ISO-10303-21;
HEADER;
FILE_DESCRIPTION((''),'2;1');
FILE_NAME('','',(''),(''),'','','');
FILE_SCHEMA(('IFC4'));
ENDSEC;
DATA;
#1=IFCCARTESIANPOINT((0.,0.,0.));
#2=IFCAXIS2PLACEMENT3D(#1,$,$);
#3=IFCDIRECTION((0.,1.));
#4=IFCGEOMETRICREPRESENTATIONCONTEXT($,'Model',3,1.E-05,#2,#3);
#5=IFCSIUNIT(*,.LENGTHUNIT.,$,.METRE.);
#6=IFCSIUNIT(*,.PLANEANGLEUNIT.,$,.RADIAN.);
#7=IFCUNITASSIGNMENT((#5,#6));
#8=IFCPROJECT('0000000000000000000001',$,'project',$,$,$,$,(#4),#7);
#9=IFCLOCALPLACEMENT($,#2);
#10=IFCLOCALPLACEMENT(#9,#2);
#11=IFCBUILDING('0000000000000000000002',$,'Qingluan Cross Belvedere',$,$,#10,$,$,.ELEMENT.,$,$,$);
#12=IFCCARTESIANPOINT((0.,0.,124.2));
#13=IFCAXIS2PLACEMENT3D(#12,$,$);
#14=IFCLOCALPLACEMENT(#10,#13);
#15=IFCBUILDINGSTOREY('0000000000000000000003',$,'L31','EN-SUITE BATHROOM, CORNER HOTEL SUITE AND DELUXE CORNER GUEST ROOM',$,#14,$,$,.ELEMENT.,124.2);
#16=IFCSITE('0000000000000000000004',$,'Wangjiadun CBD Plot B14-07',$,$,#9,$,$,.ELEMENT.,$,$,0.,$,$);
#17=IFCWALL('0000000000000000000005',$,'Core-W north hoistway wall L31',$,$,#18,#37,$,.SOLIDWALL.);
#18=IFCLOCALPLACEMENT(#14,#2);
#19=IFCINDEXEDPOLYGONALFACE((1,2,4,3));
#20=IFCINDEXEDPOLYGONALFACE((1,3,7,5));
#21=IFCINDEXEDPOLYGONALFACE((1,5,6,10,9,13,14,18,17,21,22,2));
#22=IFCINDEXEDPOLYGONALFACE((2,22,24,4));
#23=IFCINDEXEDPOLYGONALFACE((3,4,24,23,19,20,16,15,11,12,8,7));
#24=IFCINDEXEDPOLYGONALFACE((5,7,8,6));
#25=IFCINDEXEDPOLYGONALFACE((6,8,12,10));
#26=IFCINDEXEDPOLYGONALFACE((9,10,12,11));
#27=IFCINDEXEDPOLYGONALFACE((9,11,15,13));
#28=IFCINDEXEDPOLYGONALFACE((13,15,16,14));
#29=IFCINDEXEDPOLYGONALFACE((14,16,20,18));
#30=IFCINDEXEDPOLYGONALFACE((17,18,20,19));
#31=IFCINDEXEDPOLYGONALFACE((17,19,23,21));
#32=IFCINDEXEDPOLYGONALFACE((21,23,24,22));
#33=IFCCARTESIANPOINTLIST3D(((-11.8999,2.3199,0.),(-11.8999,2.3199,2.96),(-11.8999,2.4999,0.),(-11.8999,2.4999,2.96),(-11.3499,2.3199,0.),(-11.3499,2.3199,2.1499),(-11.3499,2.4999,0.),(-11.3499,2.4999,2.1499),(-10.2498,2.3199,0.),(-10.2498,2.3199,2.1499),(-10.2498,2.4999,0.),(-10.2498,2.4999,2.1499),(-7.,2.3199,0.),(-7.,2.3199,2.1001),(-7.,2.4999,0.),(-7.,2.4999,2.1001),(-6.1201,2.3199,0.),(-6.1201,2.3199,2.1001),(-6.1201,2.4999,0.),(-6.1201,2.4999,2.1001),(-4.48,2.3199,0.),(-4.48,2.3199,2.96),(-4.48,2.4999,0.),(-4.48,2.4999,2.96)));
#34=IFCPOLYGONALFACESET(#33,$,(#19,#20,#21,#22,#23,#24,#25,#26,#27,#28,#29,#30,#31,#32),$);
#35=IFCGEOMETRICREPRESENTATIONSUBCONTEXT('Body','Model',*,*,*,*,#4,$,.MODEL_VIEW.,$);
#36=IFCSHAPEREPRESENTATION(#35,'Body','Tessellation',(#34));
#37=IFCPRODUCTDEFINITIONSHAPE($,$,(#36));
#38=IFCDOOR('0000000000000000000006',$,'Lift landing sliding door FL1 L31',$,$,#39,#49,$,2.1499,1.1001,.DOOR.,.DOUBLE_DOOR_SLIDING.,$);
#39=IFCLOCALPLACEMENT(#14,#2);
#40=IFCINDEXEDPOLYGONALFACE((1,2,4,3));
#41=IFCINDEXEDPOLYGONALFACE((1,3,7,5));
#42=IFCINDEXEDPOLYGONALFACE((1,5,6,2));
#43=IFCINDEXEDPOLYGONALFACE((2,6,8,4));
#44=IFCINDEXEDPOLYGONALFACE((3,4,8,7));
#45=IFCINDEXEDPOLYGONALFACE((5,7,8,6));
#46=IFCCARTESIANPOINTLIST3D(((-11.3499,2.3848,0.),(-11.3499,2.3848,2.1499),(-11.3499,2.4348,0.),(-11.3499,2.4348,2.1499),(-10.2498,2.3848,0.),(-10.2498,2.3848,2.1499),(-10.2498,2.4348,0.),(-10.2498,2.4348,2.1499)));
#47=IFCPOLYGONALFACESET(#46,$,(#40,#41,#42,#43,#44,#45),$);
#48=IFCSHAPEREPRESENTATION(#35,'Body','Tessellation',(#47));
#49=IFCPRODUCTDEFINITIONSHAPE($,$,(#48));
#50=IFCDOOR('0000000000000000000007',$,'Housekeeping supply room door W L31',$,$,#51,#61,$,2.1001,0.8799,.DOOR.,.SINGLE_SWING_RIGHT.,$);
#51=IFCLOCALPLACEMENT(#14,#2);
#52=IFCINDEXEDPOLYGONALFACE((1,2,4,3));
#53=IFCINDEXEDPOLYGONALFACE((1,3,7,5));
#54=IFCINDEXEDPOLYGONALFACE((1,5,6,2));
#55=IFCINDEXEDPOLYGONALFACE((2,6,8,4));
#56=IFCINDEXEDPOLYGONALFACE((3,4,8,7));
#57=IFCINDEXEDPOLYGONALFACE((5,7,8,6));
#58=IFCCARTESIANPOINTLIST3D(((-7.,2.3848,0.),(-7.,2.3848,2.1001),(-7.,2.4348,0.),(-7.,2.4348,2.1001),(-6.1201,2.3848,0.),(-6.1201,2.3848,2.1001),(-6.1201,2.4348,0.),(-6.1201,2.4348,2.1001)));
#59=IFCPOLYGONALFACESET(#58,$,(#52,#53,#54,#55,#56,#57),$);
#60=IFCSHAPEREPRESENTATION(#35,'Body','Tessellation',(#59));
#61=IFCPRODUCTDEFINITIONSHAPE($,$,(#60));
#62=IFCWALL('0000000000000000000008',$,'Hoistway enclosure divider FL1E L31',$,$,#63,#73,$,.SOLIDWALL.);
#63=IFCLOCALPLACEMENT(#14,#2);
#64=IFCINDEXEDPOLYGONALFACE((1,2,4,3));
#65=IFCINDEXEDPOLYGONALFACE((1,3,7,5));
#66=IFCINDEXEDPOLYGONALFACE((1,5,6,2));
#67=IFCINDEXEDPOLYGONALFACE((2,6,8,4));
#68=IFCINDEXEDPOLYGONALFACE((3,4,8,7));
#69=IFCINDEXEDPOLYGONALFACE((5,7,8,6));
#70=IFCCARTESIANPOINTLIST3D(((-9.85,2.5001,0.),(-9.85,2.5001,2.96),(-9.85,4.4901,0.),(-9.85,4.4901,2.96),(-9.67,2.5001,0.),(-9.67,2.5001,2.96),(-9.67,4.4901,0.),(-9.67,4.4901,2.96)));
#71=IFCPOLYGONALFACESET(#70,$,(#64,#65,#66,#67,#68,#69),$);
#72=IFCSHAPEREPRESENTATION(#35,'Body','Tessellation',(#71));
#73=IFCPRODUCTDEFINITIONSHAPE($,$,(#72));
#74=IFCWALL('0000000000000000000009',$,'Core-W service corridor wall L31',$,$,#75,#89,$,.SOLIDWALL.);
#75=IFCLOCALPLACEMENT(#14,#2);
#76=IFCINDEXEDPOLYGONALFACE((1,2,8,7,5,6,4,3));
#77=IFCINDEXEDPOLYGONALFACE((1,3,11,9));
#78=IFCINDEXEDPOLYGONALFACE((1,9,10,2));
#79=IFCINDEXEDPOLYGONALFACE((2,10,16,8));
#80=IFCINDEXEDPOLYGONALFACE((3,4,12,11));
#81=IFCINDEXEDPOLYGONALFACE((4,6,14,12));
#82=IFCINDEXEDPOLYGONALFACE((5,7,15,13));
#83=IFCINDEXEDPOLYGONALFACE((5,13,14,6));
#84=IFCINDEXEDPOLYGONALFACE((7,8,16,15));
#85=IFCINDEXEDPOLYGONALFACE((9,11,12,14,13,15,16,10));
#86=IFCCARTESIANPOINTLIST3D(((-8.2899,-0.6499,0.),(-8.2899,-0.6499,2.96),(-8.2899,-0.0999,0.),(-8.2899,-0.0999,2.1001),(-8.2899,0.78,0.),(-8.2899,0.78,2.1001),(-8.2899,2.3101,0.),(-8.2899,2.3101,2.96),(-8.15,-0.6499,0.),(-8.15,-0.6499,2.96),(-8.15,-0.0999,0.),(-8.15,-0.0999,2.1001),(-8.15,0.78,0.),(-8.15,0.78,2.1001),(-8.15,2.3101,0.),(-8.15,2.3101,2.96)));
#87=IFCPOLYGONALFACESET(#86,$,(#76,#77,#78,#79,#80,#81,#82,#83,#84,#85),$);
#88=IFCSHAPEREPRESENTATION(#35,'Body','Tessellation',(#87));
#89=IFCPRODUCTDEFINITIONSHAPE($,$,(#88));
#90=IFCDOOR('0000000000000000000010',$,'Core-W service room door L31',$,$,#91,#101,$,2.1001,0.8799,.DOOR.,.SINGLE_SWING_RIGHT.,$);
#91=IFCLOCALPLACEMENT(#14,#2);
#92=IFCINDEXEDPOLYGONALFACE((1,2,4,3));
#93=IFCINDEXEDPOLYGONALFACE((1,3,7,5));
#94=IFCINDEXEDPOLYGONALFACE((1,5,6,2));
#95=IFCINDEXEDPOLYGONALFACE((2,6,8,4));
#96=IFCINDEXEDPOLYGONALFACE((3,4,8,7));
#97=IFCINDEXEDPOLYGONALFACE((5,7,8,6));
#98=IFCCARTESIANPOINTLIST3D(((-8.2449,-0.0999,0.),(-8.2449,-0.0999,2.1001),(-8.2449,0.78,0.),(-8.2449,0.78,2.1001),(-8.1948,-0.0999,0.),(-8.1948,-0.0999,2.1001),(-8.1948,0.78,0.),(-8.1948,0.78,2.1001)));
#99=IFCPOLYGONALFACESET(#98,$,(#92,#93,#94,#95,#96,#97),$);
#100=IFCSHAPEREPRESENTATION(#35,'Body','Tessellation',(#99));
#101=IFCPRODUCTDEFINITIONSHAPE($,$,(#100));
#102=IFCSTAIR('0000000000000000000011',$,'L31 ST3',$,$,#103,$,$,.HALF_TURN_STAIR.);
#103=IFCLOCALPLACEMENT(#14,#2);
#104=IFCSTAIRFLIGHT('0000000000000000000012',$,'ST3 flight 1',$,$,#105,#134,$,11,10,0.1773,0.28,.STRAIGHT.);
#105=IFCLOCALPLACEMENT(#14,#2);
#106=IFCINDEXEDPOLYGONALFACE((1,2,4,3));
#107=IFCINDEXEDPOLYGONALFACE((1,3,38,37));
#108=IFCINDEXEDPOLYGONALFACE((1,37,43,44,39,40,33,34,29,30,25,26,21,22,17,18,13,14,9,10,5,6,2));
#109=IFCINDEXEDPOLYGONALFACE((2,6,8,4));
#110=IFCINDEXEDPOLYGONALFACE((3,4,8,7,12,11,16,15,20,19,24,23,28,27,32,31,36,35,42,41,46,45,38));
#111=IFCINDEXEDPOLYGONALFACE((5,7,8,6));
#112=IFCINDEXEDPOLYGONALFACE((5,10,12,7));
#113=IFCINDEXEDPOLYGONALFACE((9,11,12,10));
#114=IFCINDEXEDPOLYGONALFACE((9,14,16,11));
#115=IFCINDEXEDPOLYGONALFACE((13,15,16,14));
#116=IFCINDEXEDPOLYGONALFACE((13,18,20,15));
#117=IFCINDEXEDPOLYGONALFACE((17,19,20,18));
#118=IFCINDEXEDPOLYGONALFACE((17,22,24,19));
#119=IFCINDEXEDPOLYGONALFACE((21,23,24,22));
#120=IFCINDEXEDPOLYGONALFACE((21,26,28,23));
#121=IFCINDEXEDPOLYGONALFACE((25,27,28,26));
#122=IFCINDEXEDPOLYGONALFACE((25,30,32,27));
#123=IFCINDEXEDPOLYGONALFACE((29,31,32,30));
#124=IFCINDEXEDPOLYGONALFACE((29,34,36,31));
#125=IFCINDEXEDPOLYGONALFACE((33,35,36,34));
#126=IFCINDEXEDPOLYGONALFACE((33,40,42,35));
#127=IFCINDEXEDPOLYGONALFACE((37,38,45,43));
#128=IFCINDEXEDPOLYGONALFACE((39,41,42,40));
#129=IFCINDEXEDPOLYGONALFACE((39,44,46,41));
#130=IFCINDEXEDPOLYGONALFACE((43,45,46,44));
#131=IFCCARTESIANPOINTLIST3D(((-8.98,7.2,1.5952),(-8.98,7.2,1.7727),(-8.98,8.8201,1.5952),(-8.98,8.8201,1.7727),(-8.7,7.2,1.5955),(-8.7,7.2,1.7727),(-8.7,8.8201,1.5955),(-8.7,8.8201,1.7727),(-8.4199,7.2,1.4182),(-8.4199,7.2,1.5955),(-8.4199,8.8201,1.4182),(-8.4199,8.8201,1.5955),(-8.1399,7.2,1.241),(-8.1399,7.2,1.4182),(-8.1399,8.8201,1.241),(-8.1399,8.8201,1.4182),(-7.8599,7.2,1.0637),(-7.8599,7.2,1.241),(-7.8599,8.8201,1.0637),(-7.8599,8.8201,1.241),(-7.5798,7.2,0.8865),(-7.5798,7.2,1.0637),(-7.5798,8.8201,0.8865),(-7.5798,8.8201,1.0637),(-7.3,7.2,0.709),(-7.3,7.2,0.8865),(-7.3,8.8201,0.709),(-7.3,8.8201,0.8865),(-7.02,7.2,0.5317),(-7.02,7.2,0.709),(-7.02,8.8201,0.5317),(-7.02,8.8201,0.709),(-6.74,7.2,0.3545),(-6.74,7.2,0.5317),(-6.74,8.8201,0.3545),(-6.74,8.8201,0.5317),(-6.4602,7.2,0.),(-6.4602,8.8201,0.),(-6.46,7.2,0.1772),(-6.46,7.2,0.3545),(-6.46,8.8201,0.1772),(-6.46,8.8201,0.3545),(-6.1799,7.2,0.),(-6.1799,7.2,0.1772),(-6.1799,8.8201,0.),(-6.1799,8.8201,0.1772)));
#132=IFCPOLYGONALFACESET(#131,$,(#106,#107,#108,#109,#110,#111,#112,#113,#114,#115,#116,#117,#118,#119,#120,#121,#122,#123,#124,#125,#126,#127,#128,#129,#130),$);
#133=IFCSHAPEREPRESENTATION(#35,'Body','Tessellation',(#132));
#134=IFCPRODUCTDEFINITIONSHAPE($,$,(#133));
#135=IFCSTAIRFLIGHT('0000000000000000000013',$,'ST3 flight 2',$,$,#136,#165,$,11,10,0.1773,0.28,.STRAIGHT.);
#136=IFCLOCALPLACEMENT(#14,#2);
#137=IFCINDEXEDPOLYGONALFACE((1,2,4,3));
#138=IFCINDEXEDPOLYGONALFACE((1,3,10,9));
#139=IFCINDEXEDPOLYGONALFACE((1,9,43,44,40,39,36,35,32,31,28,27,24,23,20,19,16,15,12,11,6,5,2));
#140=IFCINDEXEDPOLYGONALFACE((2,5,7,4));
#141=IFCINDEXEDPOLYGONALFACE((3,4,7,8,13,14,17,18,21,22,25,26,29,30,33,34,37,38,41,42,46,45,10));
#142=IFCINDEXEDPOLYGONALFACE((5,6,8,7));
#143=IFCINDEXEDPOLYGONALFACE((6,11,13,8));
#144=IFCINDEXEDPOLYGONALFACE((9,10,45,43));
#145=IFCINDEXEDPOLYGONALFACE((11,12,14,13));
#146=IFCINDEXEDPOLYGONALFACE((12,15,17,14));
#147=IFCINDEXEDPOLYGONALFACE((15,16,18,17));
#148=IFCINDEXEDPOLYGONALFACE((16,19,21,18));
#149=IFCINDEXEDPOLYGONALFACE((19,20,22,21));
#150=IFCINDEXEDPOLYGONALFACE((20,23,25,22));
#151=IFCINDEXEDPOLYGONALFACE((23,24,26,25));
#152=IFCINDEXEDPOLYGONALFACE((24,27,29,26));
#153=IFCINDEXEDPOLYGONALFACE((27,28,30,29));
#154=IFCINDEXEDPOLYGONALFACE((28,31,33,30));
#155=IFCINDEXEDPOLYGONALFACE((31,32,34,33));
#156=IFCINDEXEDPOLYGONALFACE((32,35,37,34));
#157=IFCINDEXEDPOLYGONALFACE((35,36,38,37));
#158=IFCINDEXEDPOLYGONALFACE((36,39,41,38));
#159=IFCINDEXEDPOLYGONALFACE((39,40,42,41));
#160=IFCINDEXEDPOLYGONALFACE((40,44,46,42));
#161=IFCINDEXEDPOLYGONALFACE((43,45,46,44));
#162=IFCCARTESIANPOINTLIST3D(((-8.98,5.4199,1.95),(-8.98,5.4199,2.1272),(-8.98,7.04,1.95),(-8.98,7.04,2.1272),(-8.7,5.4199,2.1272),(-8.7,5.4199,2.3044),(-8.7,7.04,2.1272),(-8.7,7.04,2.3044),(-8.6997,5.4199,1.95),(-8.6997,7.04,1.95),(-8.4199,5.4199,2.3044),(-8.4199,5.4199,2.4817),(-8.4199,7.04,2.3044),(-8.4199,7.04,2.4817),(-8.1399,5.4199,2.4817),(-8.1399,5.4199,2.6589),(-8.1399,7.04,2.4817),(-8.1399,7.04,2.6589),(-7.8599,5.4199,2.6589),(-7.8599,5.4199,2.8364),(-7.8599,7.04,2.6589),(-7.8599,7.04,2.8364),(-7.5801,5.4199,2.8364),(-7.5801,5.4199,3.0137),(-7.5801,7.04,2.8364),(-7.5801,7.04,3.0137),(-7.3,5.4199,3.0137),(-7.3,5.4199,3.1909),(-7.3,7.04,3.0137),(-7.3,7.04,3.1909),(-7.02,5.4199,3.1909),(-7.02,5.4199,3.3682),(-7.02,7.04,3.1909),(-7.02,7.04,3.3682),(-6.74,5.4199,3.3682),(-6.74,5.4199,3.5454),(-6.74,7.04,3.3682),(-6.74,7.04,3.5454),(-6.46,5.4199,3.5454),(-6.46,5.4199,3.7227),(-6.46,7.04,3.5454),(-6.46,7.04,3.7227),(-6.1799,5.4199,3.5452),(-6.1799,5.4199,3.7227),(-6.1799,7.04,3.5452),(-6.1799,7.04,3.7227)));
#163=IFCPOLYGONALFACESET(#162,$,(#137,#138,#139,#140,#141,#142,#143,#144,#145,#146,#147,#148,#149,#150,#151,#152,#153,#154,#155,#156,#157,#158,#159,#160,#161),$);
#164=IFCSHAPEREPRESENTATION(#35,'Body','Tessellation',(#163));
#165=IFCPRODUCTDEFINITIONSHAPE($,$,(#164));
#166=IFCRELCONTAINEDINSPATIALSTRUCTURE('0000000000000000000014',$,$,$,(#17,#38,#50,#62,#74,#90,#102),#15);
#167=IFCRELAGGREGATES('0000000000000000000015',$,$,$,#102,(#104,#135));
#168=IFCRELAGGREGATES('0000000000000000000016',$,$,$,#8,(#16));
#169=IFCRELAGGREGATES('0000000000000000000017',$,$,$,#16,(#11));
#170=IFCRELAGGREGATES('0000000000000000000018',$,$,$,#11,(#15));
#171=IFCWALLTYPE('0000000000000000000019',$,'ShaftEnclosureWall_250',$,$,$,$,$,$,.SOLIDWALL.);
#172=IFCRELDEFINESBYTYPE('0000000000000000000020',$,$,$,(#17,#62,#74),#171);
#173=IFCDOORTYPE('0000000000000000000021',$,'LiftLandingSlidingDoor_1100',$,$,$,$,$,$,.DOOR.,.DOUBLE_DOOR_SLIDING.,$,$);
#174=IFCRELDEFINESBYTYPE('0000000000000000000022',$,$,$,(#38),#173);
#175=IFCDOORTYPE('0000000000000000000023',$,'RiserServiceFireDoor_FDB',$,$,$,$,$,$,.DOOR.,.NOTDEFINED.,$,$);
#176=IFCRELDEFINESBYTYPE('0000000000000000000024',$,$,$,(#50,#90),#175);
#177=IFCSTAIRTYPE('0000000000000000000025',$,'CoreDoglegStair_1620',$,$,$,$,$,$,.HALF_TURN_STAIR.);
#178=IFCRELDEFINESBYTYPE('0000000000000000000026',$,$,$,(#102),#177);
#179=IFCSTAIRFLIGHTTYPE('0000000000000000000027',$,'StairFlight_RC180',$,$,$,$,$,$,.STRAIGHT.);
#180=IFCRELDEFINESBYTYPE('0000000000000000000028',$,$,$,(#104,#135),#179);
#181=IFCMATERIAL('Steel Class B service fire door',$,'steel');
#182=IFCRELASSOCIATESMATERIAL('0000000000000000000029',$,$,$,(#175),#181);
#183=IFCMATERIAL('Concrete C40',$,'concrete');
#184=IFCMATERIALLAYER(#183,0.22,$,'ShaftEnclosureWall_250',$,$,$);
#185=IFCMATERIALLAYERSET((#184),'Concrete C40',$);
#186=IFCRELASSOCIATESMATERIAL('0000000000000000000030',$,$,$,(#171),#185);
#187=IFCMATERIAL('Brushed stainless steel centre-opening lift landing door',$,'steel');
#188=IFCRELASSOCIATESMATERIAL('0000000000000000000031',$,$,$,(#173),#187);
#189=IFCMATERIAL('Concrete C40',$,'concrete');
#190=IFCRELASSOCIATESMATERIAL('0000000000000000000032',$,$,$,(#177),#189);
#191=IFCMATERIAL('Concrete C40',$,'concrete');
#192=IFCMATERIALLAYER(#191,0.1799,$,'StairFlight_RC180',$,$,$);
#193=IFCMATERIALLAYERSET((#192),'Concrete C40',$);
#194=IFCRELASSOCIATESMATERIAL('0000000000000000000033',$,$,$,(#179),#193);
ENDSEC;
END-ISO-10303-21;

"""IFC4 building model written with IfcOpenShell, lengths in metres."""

from ifc_helpers import new_model, si_unit, direction, frame, frame_2d, origin, place, context, subcontext, project, spatial, polyline, rectangle, outline, extrude, material, layer, layer_set, type_object, element, fill, aggregate, save


model = new_model("IFC4")

# Units and contexts
model_context = context("Model", 3, precision=1e-05, world=origin(), true_north=direction((0.0, 1.0)))
body_context = subcontext(model_context, "Body", "Model", "MODEL_VIEW")
ifc_project = project(units=[si_unit("LENGTHUNIT", "METRE"), si_unit("PLANEANGLEUNIT", "RADIAN")], contexts=[model_context])

# Site, building, storey
site_placement = place(None, origin())
site = spatial("IfcSite", under=ifc_project, at=site_placement, Name="Wangjiadun CBD Plot B14-07", CompositionType="ELEMENT", RefElevation=0.0)
building_placement = place(site_placement, origin())
building = spatial("IfcBuilding", under=site, at=building_placement, Name="Qingluan Cross Belvedere", CompositionType="ELEMENT")
storey_placement = place(building_placement, frame((0.0, 0.0, 124.2)))
storey = spatial("IfcBuildingStorey", under=building, at=storey_placement, Name="L31", Description="EN-SUITE BATHROOM, CORNER HOTEL SUITE AND DELUXE CORNER GUEST ROOM", CompositionType="ELEMENT", Elevation=124.2)

# Shared definitions
ifc_material_1 = material(Name="Steel Class B service fire door", Category="steel")
door_type_1 = type_object("IfcDoorType", Name="RiserServiceFireDoor_FDB", OperationType="NOTDEFINED", PredefinedType="DOOR", material=ifc_material_1)

# Wall, openings, doors
ifc_material_2 = material(Name="Concrete C40", Category="concrete")
ifc_layer_1 = layer(ifc_material_2, 0.22, Name="ShaftEnclosureWall_250")
ifc_layer_set_1 = layer_set([ifc_layer_1], Name="Concrete C40")
wall_type_1 = type_object("IfcWallType", Name="ShaftEnclosureWall_250", PredefinedType="SOLIDWALL", material=ifc_layer_set_1)
wall_1_placement = place(storey_placement, frame((-11.8999, 2.4099, 0.0), z_axis=(0.0, 0.0, 1.0), x_axis=(1.0, 0.0, 0.0)))
wall_1 = element("IfcWall", 1, at=wall_1_placement, inside=storey, type_object=wall_type_1, Name="Core-W north hoistway wall L31", PredefinedType="SOLIDWALL", context=body_context, shape_type="SweptSolid", body=[
    extrude(rectangle(XDim=7.4199, YDim=0.1799, at=frame_2d((3.71, 0.0))), origin(), (0.0, 0.0, 1.0), 2.96),
])
opening_1_placement = place(wall_1_placement, frame((0.55, 0.0, 0.0)))
opening_1 = element("IfcOpeningElement", 2, at=opening_1_placement, cuts=wall_1, PredefinedType="OPENING", context=body_context, shape_type="SweptSolid", body=[
    extrude(rectangle(XDim=1.1001, YDim=2.1499, at=frame_2d((0.55, 1.075))), frame((0.0, 0.0999, 0.0), z_axis=(0.0, -1.0, 0.0), x_axis=(1.0, 0.0, 0.0)), (0.0, 0.0, 1.0), 0.2),
])
opening_2_placement = place(wall_1_placement, frame((4.8999, 0.0, 0.0)))
opening_2 = element("IfcOpeningElement", 3, at=opening_2_placement, cuts=wall_1, PredefinedType="OPENING", context=body_context, shape_type="SweptSolid", body=[
    extrude(rectangle(XDim=0.8799, YDim=2.1001, at=frame_2d((0.4399, 1.05))), frame((0.0, 0.0999, 0.0), z_axis=(0.0, -1.0, 0.0), x_axis=(1.0, 0.0, 0.0)), (0.0, 0.0, 1.0), 0.2),
])
ifc_material_3 = material(Name="Brushed stainless steel centre-opening lift landing door", Category="steel")
door_type_2 = type_object("IfcDoorType", Name="LiftLandingSlidingDoor_1100", OperationType="DOUBLE_DOOR_SLIDING", PredefinedType="DOOR", material=ifc_material_3)
door_1_placement = place(opening_1_placement, origin())
door_1 = element("IfcDoor", 4, at=door_1_placement, inside=storey, type_object=door_type_2, Name="Lift landing sliding door FL1 L31", OperationType="DOUBLE_DOOR_SLIDING", OverallHeight=2.1499, OverallWidth=1.1001, PredefinedType="DOOR", context=body_context, shape_type="SweptSolid", body=[
    extrude(rectangle(XDim=1.1001, YDim=2.1499, at=frame_2d((0.55, 1.075))), frame((0.0, 0.0249, 0.0), z_axis=(0.0, -1.0, 0.0), x_axis=(1.0, 0.0, 0.0)), (0.0, 0.0, 1.0), 0.05),
])
fill(opening_1, door_1)
door_2_placement = place(opening_2_placement, origin())
door_2 = element("IfcDoor", 5, at=door_2_placement, inside=storey, type_object=door_type_1, Name="Housekeeping supply room door W L31", OperationType="SINGLE_SWING_RIGHT", OverallHeight=2.1001, OverallWidth=0.8799, PredefinedType="DOOR", context=body_context, shape_type="SweptSolid", body=[
    extrude(rectangle(XDim=0.8799, YDim=2.1001, at=frame_2d((0.4399, 1.05))), frame((0.0, 0.0249, 0.0), z_axis=(0.0, -1.0, 0.0), x_axis=(1.0, 0.0, 0.0)), (0.0, 0.0, 1.0), 0.05),
])
fill(opening_2, door_2)

# Wall
wall_2_placement = place(storey_placement, frame((-9.76, 2.5, 0.0), z_axis=(0.0, 0.0, 1.0), x_axis=(0.0, 1.0, 0.0)))
element("IfcWall", 6, at=wall_2_placement, inside=storey, type_object=wall_type_1, Name="Hoistway enclosure divider FL1E L31", PredefinedType="SOLIDWALL", context=body_context, shape_type="SweptSolid", body=[
    extrude(rectangle(XDim=1.99, YDim=0.1799, at=frame_2d((0.9951, 0.0))), origin(), (0.0, 0.0, 1.0), 2.96),
])

# Wall, opening, door
wall_3_placement = place(storey_placement, frame((-8.22, -0.6499, 0.0), z_axis=(0.0, 0.0, 1.0), x_axis=(0.0, 1.0, 0.0)))
wall_3 = element("IfcWall", 7, at=wall_3_placement, inside=storey, type_object=wall_type_1, Name="Core-W service corridor wall L31", PredefinedType="SOLIDWALL", context=body_context, shape_type="SweptSolid", body=[
    extrude(rectangle(XDim=2.96, YDim=0.1399, at=frame_2d((1.48, 0.0))), origin(), (0.0, 0.0, 1.0), 2.96),
])
opening_3_placement = place(wall_3_placement, frame((0.55, 0.0, 0.0)))
opening_3 = element("IfcOpeningElement", 8, at=opening_3_placement, cuts=wall_3, PredefinedType="OPENING", context=body_context, shape_type="SweptSolid", body=[
    extrude(rectangle(XDim=0.8799, YDim=2.1001, at=frame_2d((0.4399, 1.05))), frame((0.0, 0.0798, 0.0), z_axis=(0.0, -1.0, 0.0), x_axis=(1.0, 0.0, 0.0)), (0.0, 0.0, 1.0), 0.1599),
])
door_3_placement = place(opening_3_placement, origin())
door_3 = element("IfcDoor", 9, at=door_3_placement, inside=storey, type_object=door_type_1, Name="Core-W service room door L31", OperationType="SINGLE_SWING_RIGHT", OverallHeight=2.1001, OverallWidth=0.8799, PredefinedType="DOOR", context=body_context, shape_type="SweptSolid", body=[
    extrude(rectangle(XDim=0.8799, YDim=2.1001, at=frame_2d((0.4399, 1.05))), frame((0.0, 0.0249, 0.0), z_axis=(0.0, -1.0, 0.0), x_axis=(1.0, 0.0, 0.0)), (0.0, 0.0, 1.0), 0.05),
])
fill(opening_3, door_3)

# Stair, stair flights
ifc_material_4 = material(Name="Concrete C40", Category="concrete")
stair_type = type_object("IfcStairType", Name="CoreDoglegStair_1620", PredefinedType="HALF_TURN_STAIR", material=ifc_material_4)
stair_placement = place(storey_placement, origin())
stair = element("IfcStair", 10, at=stair_placement, inside=storey, type_object=stair_type, Name="L31 ST3", PredefinedType="HALF_TURN_STAIR")
ifc_material_5 = material(Name="Concrete C40", Category="concrete")
ifc_layer_2 = layer(ifc_material_5, 0.1799, Name="StairFlight_RC180")
ifc_layer_set_2 = layer_set([ifc_layer_2], Name="Concrete C40")
stair_flight_type = type_object("IfcStairFlightType", Name="StairFlight_RC180", PredefinedType="STRAIGHT", material=ifc_layer_set_2)
stair_flight_1_placement = place(storey_placement, frame((-6.1799, 8.01, 0.0), z_axis=(0.0, 0.0, 1.0), x_axis=(-1.0, 0.0, 0.0)))
stair_flight_1 = element("IfcStairFlight", 11, at=stair_flight_1_placement, type_object=stair_flight_type, Name="ST3 flight 1", NumberOfRisers=11, NumberOfTreads=10, PredefinedType="STRAIGHT", RiserHeight=0.1773, TreadLength=0.28, context=body_context, shape_type="SweptSolid", body=[
    extrude(outline(polyline([(0.0, 0.0), (0.0, 0.1772), (0.28, 0.1772), (0.28, 0.3545), (0.5601, 0.3545), (0.5601, 0.5317), (0.8401, 0.5317), (0.8401, 0.709), (1.1201, 0.709), (1.1201, 0.8865), (1.3999, 0.8865), (1.3999, 1.0637), (1.6799, 1.0637), (1.6799, 1.241), (1.96, 1.241), (1.96, 1.4182), (2.24, 1.4182), (2.24, 1.5955), (2.52, 1.5955), (2.52, 1.7727), (2.8, 1.7727), (2.8, 1.95), (2.8, 1.5952), (0.2803, 0.0), (0.0, 0.0)])), frame((0.0, 0.8101, 0.0), z_axis=(0.0, -1.0, 0.0), x_axis=(1.0, 0.0, 0.0)), (0.0, 0.0, 1.0), 1.6201),
])
stair_flight_2_placement = place(storey_placement, frame((-8.98, 6.23, 1.95), z_axis=(0.0, 0.0, 1.0), x_axis=(1.0, 0.0, 0.0)))
stair_flight_2 = element("IfcStairFlight", 12, at=stair_flight_2_placement, type_object=stair_flight_type, Name="ST3 flight 2", NumberOfRisers=11, NumberOfTreads=10, PredefinedType="STRAIGHT", RiserHeight=0.1773, TreadLength=0.28, context=body_context, shape_type="SweptSolid", body=[
    extrude(outline(polyline([(0.0, 0.0), (0.0, 0.1772), (0.28, 0.1772), (0.28, 0.3545), (0.5601, 0.3545), (0.5601, 0.5317), (0.8401, 0.5317), (0.8401, 0.709), (1.1201, 0.709), (1.1201, 0.8865), (1.3999, 0.8865), (1.3999, 1.0637), (1.6799, 1.0637), (1.6799, 1.241), (1.96, 1.241), (1.96, 1.4182), (2.24, 1.4182), (2.24, 1.5955), (2.52, 1.5955), (2.52, 1.7727), (2.8, 1.7727), (2.8, 1.95), (2.8, 1.5952), (0.2803, 0.0), (0.0, 0.0)])), frame((0.0, 0.8101, 0.0), z_axis=(0.0, -1.0, 0.0), x_axis=(1.0, 0.0, 0.0)), (0.0, 0.0, 1.0), 1.6201),
])
aggregate(stair, [stair_flight_1, stair_flight_2])

save(model, "model.ifc")
